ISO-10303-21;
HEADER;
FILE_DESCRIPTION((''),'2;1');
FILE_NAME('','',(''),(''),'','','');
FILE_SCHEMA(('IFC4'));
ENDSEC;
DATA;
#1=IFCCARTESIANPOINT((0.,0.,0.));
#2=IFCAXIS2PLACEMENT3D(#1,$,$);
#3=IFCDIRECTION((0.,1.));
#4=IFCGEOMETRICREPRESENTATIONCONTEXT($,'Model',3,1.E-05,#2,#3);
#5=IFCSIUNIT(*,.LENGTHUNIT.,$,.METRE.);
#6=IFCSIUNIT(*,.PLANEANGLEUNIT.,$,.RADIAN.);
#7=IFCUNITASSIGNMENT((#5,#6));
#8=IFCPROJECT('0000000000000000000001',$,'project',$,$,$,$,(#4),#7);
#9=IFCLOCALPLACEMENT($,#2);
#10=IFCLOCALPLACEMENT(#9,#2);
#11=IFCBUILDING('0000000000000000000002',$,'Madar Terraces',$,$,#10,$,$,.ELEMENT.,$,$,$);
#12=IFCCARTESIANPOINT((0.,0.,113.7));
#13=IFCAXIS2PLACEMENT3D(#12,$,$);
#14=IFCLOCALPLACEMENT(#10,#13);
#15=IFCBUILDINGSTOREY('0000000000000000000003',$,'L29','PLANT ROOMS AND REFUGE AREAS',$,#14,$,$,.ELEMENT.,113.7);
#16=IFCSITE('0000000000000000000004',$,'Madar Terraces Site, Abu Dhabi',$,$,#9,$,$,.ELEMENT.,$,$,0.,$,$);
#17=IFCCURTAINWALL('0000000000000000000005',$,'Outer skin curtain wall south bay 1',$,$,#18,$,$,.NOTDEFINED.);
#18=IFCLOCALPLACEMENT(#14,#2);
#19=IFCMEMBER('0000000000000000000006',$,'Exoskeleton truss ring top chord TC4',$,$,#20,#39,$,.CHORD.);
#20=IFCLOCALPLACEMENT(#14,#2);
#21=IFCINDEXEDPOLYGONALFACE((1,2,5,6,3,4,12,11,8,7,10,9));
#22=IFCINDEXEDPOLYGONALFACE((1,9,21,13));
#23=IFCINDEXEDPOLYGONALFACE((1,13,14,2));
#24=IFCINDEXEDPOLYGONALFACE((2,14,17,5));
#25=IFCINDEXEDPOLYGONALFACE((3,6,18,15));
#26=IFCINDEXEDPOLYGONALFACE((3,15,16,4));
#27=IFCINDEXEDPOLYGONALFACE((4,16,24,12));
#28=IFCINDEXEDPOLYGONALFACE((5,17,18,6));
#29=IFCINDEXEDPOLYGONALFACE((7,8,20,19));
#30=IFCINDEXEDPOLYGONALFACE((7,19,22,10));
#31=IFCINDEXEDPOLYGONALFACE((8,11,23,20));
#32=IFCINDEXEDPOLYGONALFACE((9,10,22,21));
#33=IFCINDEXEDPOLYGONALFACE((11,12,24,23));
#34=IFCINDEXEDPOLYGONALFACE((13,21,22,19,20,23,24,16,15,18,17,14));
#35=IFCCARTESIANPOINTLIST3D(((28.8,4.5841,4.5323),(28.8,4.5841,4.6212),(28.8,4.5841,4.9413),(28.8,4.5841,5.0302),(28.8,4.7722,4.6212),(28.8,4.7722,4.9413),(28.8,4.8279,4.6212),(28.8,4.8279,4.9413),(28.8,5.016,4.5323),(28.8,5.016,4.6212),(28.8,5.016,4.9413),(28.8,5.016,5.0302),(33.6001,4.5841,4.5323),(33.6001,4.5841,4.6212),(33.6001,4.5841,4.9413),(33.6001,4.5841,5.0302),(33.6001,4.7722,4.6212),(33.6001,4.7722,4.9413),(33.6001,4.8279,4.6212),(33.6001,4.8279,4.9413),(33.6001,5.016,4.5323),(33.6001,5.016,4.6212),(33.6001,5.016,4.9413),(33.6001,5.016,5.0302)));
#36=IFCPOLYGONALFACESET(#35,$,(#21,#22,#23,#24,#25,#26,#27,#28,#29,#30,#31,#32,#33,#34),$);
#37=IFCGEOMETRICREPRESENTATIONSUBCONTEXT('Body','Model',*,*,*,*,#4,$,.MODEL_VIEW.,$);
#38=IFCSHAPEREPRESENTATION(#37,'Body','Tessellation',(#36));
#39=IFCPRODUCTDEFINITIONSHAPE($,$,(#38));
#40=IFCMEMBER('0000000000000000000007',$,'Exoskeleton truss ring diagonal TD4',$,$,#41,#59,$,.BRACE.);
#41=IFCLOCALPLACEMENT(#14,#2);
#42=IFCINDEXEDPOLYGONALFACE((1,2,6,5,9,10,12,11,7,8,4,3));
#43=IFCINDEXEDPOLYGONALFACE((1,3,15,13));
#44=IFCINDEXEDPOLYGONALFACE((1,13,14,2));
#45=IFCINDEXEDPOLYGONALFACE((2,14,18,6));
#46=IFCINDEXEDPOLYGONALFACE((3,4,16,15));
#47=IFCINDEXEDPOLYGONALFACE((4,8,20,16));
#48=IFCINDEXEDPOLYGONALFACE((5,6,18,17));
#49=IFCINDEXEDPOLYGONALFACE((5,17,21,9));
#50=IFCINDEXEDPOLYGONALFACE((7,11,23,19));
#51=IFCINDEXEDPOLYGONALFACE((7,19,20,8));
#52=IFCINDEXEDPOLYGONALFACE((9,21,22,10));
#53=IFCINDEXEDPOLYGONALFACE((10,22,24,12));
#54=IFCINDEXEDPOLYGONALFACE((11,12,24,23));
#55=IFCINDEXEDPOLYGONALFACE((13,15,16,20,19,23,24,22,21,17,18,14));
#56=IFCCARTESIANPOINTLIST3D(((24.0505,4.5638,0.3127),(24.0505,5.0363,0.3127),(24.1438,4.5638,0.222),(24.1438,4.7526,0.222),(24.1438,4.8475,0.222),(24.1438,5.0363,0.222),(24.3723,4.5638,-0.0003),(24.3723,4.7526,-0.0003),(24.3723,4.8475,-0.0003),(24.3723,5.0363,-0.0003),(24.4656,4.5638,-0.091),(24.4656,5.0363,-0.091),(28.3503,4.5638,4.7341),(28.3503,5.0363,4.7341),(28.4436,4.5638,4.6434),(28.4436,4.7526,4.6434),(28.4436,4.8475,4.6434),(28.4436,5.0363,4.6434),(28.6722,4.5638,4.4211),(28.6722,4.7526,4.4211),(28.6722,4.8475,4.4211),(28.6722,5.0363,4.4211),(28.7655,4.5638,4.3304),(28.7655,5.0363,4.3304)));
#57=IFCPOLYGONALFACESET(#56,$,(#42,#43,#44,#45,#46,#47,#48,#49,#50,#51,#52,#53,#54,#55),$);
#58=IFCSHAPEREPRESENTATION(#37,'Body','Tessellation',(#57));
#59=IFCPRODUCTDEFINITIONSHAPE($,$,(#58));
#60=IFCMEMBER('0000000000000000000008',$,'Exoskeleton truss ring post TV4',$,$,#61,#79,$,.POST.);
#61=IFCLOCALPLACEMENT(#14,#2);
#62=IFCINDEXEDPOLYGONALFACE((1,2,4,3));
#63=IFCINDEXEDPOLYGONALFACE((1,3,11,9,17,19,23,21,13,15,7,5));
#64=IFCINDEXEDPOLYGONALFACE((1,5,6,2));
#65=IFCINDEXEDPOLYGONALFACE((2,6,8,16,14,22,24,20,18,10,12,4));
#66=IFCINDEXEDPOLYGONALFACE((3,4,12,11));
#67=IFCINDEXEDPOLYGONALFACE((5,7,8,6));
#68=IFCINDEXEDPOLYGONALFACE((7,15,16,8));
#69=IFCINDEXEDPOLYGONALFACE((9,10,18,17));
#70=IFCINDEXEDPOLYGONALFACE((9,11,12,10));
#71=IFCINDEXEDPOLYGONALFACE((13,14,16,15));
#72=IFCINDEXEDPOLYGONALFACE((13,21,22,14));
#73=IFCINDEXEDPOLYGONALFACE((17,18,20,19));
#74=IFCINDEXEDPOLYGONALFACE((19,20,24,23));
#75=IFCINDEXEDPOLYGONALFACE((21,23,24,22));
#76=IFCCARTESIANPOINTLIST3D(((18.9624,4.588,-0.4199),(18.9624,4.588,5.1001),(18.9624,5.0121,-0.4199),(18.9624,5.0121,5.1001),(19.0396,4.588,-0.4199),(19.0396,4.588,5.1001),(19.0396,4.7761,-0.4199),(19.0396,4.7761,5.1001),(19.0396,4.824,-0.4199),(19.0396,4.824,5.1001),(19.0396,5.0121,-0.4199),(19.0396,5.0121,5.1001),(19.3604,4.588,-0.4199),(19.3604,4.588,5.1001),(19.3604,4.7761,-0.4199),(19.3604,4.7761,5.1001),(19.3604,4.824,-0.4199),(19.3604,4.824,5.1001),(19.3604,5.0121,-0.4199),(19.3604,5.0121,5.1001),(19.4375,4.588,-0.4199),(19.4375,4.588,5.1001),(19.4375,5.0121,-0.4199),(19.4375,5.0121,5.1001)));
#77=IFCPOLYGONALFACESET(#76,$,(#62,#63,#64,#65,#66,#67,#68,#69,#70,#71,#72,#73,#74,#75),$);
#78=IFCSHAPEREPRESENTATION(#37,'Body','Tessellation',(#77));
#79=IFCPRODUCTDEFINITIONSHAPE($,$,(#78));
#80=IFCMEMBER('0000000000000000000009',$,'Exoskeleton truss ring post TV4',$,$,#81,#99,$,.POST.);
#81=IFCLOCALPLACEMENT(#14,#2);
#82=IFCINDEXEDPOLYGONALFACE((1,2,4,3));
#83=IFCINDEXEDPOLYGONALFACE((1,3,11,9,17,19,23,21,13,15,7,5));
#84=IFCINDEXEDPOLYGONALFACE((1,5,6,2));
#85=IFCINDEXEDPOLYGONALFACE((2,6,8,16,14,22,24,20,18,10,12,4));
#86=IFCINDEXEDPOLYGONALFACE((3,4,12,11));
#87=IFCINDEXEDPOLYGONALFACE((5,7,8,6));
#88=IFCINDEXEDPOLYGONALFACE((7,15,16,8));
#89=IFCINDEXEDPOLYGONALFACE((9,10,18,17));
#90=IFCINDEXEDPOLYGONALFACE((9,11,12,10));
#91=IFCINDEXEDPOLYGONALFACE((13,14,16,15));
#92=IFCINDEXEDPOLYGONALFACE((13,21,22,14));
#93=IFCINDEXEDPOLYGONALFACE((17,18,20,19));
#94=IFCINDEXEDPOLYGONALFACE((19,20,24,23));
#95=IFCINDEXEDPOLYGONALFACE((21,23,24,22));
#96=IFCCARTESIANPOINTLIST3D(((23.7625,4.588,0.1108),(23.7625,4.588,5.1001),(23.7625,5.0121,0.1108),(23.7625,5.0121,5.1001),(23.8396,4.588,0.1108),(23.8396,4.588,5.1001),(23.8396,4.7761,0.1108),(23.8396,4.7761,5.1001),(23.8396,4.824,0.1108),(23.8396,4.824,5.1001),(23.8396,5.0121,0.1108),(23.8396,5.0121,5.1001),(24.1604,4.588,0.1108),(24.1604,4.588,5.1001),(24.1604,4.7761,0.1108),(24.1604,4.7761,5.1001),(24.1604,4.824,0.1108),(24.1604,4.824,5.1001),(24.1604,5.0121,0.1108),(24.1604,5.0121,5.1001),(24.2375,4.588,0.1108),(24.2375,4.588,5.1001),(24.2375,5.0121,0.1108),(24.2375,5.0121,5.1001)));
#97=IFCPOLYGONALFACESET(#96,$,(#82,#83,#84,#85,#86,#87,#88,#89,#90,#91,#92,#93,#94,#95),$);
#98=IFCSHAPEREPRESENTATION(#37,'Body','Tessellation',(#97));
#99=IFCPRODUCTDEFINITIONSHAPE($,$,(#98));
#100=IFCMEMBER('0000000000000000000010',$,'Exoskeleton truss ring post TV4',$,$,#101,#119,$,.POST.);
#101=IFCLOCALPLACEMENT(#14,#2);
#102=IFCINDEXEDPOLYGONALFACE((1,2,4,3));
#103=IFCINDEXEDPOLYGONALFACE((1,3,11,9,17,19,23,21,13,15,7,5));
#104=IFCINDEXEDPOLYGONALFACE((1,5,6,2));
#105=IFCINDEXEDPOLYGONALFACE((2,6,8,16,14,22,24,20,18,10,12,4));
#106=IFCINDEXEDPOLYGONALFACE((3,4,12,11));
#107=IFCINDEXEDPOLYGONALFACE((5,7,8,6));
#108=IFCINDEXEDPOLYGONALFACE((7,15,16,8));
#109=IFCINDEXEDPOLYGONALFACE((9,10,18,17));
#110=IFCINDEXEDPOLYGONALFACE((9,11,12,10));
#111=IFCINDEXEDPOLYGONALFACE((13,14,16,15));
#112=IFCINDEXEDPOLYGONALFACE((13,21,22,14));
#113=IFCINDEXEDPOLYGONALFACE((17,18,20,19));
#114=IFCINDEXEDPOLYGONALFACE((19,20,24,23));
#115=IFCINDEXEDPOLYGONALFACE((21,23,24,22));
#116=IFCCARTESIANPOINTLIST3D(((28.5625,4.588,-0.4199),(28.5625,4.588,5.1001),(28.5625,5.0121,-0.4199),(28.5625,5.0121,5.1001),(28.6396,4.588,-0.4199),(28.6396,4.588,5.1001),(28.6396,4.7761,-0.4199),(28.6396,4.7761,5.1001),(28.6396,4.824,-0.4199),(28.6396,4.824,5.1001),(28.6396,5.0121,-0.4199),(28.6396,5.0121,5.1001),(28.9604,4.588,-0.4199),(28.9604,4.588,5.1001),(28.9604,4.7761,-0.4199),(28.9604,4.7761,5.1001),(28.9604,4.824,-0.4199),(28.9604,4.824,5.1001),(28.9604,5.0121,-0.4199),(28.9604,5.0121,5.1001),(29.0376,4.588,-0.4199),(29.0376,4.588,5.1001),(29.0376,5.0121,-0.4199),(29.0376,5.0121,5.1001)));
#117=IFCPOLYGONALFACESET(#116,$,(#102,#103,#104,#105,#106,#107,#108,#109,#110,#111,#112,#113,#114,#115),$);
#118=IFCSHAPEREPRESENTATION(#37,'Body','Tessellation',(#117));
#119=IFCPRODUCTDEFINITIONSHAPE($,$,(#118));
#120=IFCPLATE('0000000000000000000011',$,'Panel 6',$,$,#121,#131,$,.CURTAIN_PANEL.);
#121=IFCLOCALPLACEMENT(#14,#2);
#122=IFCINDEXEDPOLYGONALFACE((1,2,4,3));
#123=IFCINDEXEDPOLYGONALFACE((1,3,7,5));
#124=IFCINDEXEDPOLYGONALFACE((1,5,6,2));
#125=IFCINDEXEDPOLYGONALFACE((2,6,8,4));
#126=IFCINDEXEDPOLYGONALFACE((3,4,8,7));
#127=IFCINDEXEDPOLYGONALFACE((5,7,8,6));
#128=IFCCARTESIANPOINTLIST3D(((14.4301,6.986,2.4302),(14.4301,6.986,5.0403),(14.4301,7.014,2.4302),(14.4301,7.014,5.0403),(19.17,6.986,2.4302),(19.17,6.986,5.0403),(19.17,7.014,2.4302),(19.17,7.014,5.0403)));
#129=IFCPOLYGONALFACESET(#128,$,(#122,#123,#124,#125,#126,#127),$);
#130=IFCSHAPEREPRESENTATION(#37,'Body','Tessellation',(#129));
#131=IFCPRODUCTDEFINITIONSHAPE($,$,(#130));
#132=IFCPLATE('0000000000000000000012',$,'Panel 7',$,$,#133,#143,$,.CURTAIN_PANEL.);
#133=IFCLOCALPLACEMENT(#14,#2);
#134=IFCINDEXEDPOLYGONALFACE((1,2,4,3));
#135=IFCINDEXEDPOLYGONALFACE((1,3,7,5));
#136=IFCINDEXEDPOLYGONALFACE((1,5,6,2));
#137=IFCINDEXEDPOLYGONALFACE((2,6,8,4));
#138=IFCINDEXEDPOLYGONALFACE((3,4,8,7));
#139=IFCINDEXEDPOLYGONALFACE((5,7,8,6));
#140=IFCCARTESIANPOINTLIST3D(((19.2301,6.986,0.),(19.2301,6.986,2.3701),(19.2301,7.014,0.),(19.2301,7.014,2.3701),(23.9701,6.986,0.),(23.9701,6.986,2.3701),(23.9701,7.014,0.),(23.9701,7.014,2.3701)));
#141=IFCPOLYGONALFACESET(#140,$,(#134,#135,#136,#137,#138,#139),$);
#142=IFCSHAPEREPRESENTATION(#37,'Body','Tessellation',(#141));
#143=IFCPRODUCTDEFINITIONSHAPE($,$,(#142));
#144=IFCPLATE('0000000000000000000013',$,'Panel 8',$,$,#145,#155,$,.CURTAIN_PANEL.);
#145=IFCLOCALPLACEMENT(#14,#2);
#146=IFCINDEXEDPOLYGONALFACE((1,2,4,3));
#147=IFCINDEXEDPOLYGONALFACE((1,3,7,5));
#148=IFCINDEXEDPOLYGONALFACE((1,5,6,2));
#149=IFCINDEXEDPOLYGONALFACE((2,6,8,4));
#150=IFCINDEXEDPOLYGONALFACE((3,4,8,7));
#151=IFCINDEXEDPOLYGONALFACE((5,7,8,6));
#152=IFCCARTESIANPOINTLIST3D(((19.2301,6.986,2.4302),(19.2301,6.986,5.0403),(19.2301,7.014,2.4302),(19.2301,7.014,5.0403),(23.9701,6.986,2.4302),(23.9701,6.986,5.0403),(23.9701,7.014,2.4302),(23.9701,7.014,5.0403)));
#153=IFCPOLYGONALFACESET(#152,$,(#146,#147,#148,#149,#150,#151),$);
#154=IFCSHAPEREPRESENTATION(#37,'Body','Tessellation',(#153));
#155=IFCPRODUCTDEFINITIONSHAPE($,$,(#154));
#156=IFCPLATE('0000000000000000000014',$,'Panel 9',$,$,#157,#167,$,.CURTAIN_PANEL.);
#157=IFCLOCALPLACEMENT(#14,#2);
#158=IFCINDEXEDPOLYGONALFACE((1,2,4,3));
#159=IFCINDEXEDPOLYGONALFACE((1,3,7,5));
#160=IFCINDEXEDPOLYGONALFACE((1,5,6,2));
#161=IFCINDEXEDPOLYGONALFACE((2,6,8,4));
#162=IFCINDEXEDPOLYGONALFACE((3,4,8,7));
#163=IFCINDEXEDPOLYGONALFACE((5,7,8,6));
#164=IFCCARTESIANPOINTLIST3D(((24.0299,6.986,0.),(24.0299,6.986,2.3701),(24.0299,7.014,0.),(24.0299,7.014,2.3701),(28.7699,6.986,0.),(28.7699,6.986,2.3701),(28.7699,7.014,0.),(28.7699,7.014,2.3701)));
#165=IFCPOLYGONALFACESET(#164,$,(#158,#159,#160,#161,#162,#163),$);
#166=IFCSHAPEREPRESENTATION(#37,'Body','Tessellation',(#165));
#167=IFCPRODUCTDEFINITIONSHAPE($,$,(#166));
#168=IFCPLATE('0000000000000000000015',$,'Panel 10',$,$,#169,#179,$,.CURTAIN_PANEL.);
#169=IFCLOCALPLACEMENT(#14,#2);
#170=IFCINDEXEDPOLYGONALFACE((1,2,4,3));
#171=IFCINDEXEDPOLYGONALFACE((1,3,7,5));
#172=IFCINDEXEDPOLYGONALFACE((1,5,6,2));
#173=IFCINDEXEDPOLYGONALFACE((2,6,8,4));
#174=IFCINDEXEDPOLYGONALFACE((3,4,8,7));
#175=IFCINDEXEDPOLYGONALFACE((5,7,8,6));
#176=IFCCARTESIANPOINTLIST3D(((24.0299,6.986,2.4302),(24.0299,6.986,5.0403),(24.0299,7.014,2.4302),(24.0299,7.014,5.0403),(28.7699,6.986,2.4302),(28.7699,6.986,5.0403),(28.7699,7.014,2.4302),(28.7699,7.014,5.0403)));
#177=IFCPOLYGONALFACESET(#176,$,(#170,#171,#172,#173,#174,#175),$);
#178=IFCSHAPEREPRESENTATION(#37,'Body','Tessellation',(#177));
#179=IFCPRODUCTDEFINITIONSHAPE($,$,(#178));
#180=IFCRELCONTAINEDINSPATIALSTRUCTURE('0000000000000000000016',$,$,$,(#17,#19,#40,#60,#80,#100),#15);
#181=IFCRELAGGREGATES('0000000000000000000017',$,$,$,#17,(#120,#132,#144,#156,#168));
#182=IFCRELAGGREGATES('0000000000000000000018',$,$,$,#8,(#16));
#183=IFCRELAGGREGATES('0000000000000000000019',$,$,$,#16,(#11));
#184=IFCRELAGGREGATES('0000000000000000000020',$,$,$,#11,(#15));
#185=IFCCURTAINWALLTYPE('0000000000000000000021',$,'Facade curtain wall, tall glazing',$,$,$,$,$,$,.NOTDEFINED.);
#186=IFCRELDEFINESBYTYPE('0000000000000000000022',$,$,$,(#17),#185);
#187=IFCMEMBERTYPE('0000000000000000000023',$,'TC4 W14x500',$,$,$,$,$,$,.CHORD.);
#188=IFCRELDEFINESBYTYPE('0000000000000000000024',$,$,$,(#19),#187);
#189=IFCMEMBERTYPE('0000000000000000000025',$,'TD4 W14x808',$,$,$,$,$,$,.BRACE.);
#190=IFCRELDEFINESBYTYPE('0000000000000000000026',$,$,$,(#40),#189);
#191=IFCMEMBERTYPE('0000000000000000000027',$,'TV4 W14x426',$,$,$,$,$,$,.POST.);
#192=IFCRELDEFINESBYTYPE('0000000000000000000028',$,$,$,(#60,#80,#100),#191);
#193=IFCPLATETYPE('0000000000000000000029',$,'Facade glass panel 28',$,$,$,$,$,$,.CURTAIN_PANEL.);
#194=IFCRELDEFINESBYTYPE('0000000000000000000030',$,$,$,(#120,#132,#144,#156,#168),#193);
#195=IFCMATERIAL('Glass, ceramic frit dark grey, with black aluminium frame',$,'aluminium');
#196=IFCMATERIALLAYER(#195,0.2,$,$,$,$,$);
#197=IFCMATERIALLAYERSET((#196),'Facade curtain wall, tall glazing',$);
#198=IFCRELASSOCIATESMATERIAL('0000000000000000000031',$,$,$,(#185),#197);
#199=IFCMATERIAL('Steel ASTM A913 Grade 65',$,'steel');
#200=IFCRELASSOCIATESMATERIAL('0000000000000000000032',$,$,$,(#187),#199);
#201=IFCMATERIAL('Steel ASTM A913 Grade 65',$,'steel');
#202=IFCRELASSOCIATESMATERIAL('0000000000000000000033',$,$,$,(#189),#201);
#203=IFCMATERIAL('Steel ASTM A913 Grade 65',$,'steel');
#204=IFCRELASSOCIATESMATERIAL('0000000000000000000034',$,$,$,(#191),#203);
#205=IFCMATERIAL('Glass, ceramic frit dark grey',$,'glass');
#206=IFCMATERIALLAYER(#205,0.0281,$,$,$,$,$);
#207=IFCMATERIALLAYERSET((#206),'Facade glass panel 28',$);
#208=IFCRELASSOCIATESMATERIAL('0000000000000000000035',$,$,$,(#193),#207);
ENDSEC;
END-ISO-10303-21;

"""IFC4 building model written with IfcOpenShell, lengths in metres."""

from ifc_helpers import new_model, si_unit, direction, frame, origin, origin_2d, place, context, subcontext, project, spatial, rectangle, i_section, extrude, material, layer, layer_set, material_profile, profile_set, type_object, element, aggregate, save


model = new_model("IFC4")

# Units and contexts
model_context = context("Model", 3, precision=1e-05, world=origin(), true_north=direction((0.0, 1.0)))
body_context = subcontext(model_context, "Body", "Model", "MODEL_VIEW")
ifc_project = project(units=[si_unit("LENGTHUNIT", "METRE"), si_unit("PLANEANGLEUNIT", "RADIAN")], contexts=[model_context])

# Site, building, storey
site_placement = place(None, origin())
site = spatial("IfcSite", under=ifc_project, at=site_placement, Name="Madar Terraces Site, Abu Dhabi", CompositionType="ELEMENT", RefElevation=0.0)
building_placement = place(site_placement, origin())
building = spatial("IfcBuilding", under=site, at=building_placement, Name="Madar Terraces", CompositionType="ELEMENT")
storey_placement = place(building_placement, frame((0.0, 0.0, 113.7)))
storey = spatial("IfcBuildingStorey", under=building, at=storey_placement, Name="L29", Description="PLANT ROOMS AND REFUGE AREAS", CompositionType="ELEMENT", Elevation=113.7)

# Curtain wall
ifc_material_1 = material(Name="Glass, ceramic frit dark grey, with black aluminium frame", Category="aluminium")
ifc_layer_1 = layer(ifc_material_1, 0.2)
ifc_layer_set_1 = layer_set([ifc_layer_1], Name="Facade curtain wall, tall glazing")
curtain_wall_type = type_object("IfcCurtainWallType", Name="Facade curtain wall, tall glazing", PredefinedType="NOTDEFINED", material=ifc_layer_set_1)
curtain_wall_placement = place(storey_placement, origin())
curtain_wall = element("IfcCurtainWall", 1, at=curtain_wall_placement, inside=storey, type_object=curtain_wall_type, Name="Outer skin curtain wall south bay 1", PredefinedType="NOTDEFINED")

# Members
ifc_material_2 = material(Name="Steel ASTM A913 Grade 65", Category="steel")
ifc_material_profile_1 = material_profile(ifc_material_2, i_section(OverallWidth=0.4319, OverallDepth=0.4978, WebThickness=0.0557, FlangeThickness=0.0889, at=origin_2d()), Name="W14x500")
ifc_profile_set_1 = profile_set([ifc_material_profile_1], Name="Steel ASTM A913 Grade 65")
member_type_1 = type_object("IfcMemberType", Name="TC4 W14x500", PredefinedType="CHORD", material=ifc_profile_set_1)
for number, where, z_axis, x_axis, name in (
    (2, (28.8, 4.8, 4.7812), (1.0, 0.0, 0.0), (0.0, 1.0, 0.0), "Exoskeleton truss ring top chord TC4"),
):
    element("IfcMember", number, at=place(storey_placement, frame(where, z_axis=z_axis, x_axis=x_axis)), inside=storey, type_object=member_type_1, Name=name, PredefinedType="CHORD", context=body_context, shape_type="SweptSolid", body=[
        extrude(i_section(OverallWidth=0.4319, OverallDepth=0.4978, WebThickness=0.0557, FlangeThickness=0.0889, at=origin_2d()), origin(), (0.0, 0.0, 1.0), 4.8),
    ])
ifc_material_3 = material(Name="Steel ASTM A913 Grade 65", Category="steel")
ifc_material_profile_2 = material_profile(ifc_material_3, i_section(OverallWidth=0.4724, OverallDepth=0.5791, WebThickness=0.095, FlangeThickness=0.1301, at=origin_2d()), Name="W14x808")
ifc_profile_set_2 = profile_set([ifc_material_profile_2], Name="Steel ASTM A913 Grade 65")
member_type_2 = type_object("IfcMemberType", Name="TD4 W14x808", PredefinedType="BRACE", material=ifc_profile_set_2)
member_1_placement = place(storey_placement, frame((24.2581, 4.8, 0.1108), z_axis=(0.697181, 0.0, 0.716895), x_axis=(0.0, 1.0, 0.0)))
element("IfcMember", 3, at=member_1_placement, inside=storey, type_object=member_type_2, Name="Exoskeleton truss ring diagonal TD4", PredefinedType="BRACE", context=body_context, shape_type="SweptSolid", body=[
    extrude(i_section(OverallWidth=0.4724, OverallDepth=0.5791, WebThickness=0.095, FlangeThickness=0.1301, at=origin_2d()), origin(), (0.0, 0.0, 1.0), 6.1675),
])
ifc_material_4 = material(Name="Steel ASTM A913 Grade 65", Category="steel")
ifc_material_profile_3 = material_profile(ifc_material_4, i_section(OverallWidth=0.4241, OverallDepth=0.4751, WebThickness=0.0479, FlangeThickness=0.0771, at=origin_2d()), Name="W14x426")
ifc_profile_set_3 = profile_set([ifc_material_profile_3], Name="Steel ASTM A913 Grade 65")
member_type_3 = type_object("IfcMemberType", Name="TV4 W14x426", PredefinedType="POST", material=ifc_profile_set_3)
member_2_placement = place(storey_placement, frame((19.2, 4.8, -0.4199), z_axis=(0.0, 0.0, 1.0), x_axis=(0.0, 1.0, 0.0)))
element("IfcMember", 4, at=member_2_placement, inside=storey, type_object=member_type_3, Name="Exoskeleton truss ring post TV4", PredefinedType="POST", context=body_context, shape_type="SweptSolid", body=[
    extrude(i_section(OverallWidth=0.4241, OverallDepth=0.4751, WebThickness=0.0479, FlangeThickness=0.0771, at=origin_2d()), origin(), (0.0, 0.0, 1.0), 5.52),
])
member_3_placement = place(storey_placement, frame((24.0, 4.8, 0.1108), z_axis=(0.0, 0.0, 1.0), x_axis=(0.0, 1.0, 0.0)))
element("IfcMember", 5, at=member_3_placement, inside=storey, type_object=member_type_3, Name="Exoskeleton truss ring post TV4", PredefinedType="POST", context=body_context, shape_type="SweptSolid", body=[
    extrude(i_section(OverallWidth=0.4241, OverallDepth=0.4751, WebThickness=0.0479, FlangeThickness=0.0771, at=origin_2d()), origin(), (0.0, 0.0, 1.0), 4.9893),
])
member_4_placement = place(storey_placement, frame((28.8, 4.8, -0.4199), z_axis=(0.0, 0.0, 1.0), x_axis=(0.0, 1.0, 0.0)))
element("IfcMember", 6, at=member_4_placement, inside=storey, type_object=member_type_3, Name="Exoskeleton truss ring post TV4", PredefinedType="POST", context=body_context, shape_type="SweptSolid", body=[
    extrude(i_section(OverallWidth=0.4241, OverallDepth=0.4751, WebThickness=0.0479, FlangeThickness=0.0771, at=origin_2d()), origin(), (0.0, 0.0, 1.0), 5.52),
])

# Plates
ifc_material_5 = material(Name="Glass, ceramic frit dark grey", Category="glass")
ifc_layer_2 = layer(ifc_material_5, 0.0281)
ifc_layer_set_2 = layer_set([ifc_layer_2], Name="Facade glass panel 28")
plate_type = type_object("IfcPlateType", Name="Facade glass panel 28", PredefinedType="CURTAIN_PANEL", material=ifc_layer_set_2)
plate_1_placement = place(storey_placement, frame((16.8, 7.0, 2.4302), z_axis=(0.0, 0.0, 1.0), x_axis=(1.0, 0.0, 0.0)))
plate_1 = element("IfcPlate", 7, at=plate_1_placement, type_object=plate_type, Name="Panel 6", PredefinedType="CURTAIN_PANEL", context=body_context, shape_type="SweptSolid", body=[
    extrude(rectangle(XDim=4.74, YDim=0.0281, at=origin_2d()), origin(), (0.0, 0.0, 1.0), 2.6101),
])
plate_2_placement = place(storey_placement, frame((21.6001, 7.0, 0.0), z_axis=(0.0, 0.0, 1.0), x_axis=(1.0, 0.0, 0.0)))
plate_2 = element("IfcPlate", 8, at=plate_2_placement, type_object=plate_type, Name="Panel 7", PredefinedType="CURTAIN_PANEL", context=body_context, shape_type="SweptSolid", body=[
    extrude(rectangle(XDim=4.74, YDim=0.0281, at=origin_2d()), origin(), (0.0, 0.0, 1.0), 2.3701),
])
plate_3_placement = place(storey_placement, frame((21.6001, 7.0, 2.4302), z_axis=(0.0, 0.0, 1.0), x_axis=(1.0, 0.0, 0.0)))
plate_3 = element("IfcPlate", 9, at=plate_3_placement, type_object=plate_type, Name="Panel 8", PredefinedType="CURTAIN_PANEL", context=body_context, shape_type="SweptSolid", body=[
    extrude(rectangle(XDim=4.74, YDim=0.0281, at=origin_2d()), origin(), (0.0, 0.0, 1.0), 2.6101),
])
plate_4_placement = place(storey_placement, frame((26.3999, 7.0, 0.0), z_axis=(0.0, 0.0, 1.0), x_axis=(1.0, 0.0, 0.0)))
plate_4 = element("IfcPlate", 10, at=plate_4_placement, type_object=plate_type, Name="Panel 9", PredefinedType="CURTAIN_PANEL", context=body_context, shape_type="SweptSolid", body=[
    extrude(rectangle(XDim=4.74, YDim=0.0281, at=origin_2d()), origin(), (0.0, 0.0, 1.0), 2.3701),
])
plate_5_placement = place(storey_placement, frame((26.3999, 7.0, 2.4302), z_axis=(0.0, 0.0, 1.0), x_axis=(1.0, 0.0, 0.0)))
plate_5 = element("IfcPlate", 11, at=plate_5_placement, type_object=plate_type, Name="Panel 10", PredefinedType="CURTAIN_PANEL", context=body_context, shape_type="SweptSolid", body=[
    extrude(rectangle(XDim=4.74, YDim=0.0281, at=origin_2d()), origin(), (0.0, 0.0, 1.0), 2.6101),
])
aggregate(curtain_wall, [plate_1, plate_2, plate_3, plate_4, plate_5])

save(model, "model.ifc")
